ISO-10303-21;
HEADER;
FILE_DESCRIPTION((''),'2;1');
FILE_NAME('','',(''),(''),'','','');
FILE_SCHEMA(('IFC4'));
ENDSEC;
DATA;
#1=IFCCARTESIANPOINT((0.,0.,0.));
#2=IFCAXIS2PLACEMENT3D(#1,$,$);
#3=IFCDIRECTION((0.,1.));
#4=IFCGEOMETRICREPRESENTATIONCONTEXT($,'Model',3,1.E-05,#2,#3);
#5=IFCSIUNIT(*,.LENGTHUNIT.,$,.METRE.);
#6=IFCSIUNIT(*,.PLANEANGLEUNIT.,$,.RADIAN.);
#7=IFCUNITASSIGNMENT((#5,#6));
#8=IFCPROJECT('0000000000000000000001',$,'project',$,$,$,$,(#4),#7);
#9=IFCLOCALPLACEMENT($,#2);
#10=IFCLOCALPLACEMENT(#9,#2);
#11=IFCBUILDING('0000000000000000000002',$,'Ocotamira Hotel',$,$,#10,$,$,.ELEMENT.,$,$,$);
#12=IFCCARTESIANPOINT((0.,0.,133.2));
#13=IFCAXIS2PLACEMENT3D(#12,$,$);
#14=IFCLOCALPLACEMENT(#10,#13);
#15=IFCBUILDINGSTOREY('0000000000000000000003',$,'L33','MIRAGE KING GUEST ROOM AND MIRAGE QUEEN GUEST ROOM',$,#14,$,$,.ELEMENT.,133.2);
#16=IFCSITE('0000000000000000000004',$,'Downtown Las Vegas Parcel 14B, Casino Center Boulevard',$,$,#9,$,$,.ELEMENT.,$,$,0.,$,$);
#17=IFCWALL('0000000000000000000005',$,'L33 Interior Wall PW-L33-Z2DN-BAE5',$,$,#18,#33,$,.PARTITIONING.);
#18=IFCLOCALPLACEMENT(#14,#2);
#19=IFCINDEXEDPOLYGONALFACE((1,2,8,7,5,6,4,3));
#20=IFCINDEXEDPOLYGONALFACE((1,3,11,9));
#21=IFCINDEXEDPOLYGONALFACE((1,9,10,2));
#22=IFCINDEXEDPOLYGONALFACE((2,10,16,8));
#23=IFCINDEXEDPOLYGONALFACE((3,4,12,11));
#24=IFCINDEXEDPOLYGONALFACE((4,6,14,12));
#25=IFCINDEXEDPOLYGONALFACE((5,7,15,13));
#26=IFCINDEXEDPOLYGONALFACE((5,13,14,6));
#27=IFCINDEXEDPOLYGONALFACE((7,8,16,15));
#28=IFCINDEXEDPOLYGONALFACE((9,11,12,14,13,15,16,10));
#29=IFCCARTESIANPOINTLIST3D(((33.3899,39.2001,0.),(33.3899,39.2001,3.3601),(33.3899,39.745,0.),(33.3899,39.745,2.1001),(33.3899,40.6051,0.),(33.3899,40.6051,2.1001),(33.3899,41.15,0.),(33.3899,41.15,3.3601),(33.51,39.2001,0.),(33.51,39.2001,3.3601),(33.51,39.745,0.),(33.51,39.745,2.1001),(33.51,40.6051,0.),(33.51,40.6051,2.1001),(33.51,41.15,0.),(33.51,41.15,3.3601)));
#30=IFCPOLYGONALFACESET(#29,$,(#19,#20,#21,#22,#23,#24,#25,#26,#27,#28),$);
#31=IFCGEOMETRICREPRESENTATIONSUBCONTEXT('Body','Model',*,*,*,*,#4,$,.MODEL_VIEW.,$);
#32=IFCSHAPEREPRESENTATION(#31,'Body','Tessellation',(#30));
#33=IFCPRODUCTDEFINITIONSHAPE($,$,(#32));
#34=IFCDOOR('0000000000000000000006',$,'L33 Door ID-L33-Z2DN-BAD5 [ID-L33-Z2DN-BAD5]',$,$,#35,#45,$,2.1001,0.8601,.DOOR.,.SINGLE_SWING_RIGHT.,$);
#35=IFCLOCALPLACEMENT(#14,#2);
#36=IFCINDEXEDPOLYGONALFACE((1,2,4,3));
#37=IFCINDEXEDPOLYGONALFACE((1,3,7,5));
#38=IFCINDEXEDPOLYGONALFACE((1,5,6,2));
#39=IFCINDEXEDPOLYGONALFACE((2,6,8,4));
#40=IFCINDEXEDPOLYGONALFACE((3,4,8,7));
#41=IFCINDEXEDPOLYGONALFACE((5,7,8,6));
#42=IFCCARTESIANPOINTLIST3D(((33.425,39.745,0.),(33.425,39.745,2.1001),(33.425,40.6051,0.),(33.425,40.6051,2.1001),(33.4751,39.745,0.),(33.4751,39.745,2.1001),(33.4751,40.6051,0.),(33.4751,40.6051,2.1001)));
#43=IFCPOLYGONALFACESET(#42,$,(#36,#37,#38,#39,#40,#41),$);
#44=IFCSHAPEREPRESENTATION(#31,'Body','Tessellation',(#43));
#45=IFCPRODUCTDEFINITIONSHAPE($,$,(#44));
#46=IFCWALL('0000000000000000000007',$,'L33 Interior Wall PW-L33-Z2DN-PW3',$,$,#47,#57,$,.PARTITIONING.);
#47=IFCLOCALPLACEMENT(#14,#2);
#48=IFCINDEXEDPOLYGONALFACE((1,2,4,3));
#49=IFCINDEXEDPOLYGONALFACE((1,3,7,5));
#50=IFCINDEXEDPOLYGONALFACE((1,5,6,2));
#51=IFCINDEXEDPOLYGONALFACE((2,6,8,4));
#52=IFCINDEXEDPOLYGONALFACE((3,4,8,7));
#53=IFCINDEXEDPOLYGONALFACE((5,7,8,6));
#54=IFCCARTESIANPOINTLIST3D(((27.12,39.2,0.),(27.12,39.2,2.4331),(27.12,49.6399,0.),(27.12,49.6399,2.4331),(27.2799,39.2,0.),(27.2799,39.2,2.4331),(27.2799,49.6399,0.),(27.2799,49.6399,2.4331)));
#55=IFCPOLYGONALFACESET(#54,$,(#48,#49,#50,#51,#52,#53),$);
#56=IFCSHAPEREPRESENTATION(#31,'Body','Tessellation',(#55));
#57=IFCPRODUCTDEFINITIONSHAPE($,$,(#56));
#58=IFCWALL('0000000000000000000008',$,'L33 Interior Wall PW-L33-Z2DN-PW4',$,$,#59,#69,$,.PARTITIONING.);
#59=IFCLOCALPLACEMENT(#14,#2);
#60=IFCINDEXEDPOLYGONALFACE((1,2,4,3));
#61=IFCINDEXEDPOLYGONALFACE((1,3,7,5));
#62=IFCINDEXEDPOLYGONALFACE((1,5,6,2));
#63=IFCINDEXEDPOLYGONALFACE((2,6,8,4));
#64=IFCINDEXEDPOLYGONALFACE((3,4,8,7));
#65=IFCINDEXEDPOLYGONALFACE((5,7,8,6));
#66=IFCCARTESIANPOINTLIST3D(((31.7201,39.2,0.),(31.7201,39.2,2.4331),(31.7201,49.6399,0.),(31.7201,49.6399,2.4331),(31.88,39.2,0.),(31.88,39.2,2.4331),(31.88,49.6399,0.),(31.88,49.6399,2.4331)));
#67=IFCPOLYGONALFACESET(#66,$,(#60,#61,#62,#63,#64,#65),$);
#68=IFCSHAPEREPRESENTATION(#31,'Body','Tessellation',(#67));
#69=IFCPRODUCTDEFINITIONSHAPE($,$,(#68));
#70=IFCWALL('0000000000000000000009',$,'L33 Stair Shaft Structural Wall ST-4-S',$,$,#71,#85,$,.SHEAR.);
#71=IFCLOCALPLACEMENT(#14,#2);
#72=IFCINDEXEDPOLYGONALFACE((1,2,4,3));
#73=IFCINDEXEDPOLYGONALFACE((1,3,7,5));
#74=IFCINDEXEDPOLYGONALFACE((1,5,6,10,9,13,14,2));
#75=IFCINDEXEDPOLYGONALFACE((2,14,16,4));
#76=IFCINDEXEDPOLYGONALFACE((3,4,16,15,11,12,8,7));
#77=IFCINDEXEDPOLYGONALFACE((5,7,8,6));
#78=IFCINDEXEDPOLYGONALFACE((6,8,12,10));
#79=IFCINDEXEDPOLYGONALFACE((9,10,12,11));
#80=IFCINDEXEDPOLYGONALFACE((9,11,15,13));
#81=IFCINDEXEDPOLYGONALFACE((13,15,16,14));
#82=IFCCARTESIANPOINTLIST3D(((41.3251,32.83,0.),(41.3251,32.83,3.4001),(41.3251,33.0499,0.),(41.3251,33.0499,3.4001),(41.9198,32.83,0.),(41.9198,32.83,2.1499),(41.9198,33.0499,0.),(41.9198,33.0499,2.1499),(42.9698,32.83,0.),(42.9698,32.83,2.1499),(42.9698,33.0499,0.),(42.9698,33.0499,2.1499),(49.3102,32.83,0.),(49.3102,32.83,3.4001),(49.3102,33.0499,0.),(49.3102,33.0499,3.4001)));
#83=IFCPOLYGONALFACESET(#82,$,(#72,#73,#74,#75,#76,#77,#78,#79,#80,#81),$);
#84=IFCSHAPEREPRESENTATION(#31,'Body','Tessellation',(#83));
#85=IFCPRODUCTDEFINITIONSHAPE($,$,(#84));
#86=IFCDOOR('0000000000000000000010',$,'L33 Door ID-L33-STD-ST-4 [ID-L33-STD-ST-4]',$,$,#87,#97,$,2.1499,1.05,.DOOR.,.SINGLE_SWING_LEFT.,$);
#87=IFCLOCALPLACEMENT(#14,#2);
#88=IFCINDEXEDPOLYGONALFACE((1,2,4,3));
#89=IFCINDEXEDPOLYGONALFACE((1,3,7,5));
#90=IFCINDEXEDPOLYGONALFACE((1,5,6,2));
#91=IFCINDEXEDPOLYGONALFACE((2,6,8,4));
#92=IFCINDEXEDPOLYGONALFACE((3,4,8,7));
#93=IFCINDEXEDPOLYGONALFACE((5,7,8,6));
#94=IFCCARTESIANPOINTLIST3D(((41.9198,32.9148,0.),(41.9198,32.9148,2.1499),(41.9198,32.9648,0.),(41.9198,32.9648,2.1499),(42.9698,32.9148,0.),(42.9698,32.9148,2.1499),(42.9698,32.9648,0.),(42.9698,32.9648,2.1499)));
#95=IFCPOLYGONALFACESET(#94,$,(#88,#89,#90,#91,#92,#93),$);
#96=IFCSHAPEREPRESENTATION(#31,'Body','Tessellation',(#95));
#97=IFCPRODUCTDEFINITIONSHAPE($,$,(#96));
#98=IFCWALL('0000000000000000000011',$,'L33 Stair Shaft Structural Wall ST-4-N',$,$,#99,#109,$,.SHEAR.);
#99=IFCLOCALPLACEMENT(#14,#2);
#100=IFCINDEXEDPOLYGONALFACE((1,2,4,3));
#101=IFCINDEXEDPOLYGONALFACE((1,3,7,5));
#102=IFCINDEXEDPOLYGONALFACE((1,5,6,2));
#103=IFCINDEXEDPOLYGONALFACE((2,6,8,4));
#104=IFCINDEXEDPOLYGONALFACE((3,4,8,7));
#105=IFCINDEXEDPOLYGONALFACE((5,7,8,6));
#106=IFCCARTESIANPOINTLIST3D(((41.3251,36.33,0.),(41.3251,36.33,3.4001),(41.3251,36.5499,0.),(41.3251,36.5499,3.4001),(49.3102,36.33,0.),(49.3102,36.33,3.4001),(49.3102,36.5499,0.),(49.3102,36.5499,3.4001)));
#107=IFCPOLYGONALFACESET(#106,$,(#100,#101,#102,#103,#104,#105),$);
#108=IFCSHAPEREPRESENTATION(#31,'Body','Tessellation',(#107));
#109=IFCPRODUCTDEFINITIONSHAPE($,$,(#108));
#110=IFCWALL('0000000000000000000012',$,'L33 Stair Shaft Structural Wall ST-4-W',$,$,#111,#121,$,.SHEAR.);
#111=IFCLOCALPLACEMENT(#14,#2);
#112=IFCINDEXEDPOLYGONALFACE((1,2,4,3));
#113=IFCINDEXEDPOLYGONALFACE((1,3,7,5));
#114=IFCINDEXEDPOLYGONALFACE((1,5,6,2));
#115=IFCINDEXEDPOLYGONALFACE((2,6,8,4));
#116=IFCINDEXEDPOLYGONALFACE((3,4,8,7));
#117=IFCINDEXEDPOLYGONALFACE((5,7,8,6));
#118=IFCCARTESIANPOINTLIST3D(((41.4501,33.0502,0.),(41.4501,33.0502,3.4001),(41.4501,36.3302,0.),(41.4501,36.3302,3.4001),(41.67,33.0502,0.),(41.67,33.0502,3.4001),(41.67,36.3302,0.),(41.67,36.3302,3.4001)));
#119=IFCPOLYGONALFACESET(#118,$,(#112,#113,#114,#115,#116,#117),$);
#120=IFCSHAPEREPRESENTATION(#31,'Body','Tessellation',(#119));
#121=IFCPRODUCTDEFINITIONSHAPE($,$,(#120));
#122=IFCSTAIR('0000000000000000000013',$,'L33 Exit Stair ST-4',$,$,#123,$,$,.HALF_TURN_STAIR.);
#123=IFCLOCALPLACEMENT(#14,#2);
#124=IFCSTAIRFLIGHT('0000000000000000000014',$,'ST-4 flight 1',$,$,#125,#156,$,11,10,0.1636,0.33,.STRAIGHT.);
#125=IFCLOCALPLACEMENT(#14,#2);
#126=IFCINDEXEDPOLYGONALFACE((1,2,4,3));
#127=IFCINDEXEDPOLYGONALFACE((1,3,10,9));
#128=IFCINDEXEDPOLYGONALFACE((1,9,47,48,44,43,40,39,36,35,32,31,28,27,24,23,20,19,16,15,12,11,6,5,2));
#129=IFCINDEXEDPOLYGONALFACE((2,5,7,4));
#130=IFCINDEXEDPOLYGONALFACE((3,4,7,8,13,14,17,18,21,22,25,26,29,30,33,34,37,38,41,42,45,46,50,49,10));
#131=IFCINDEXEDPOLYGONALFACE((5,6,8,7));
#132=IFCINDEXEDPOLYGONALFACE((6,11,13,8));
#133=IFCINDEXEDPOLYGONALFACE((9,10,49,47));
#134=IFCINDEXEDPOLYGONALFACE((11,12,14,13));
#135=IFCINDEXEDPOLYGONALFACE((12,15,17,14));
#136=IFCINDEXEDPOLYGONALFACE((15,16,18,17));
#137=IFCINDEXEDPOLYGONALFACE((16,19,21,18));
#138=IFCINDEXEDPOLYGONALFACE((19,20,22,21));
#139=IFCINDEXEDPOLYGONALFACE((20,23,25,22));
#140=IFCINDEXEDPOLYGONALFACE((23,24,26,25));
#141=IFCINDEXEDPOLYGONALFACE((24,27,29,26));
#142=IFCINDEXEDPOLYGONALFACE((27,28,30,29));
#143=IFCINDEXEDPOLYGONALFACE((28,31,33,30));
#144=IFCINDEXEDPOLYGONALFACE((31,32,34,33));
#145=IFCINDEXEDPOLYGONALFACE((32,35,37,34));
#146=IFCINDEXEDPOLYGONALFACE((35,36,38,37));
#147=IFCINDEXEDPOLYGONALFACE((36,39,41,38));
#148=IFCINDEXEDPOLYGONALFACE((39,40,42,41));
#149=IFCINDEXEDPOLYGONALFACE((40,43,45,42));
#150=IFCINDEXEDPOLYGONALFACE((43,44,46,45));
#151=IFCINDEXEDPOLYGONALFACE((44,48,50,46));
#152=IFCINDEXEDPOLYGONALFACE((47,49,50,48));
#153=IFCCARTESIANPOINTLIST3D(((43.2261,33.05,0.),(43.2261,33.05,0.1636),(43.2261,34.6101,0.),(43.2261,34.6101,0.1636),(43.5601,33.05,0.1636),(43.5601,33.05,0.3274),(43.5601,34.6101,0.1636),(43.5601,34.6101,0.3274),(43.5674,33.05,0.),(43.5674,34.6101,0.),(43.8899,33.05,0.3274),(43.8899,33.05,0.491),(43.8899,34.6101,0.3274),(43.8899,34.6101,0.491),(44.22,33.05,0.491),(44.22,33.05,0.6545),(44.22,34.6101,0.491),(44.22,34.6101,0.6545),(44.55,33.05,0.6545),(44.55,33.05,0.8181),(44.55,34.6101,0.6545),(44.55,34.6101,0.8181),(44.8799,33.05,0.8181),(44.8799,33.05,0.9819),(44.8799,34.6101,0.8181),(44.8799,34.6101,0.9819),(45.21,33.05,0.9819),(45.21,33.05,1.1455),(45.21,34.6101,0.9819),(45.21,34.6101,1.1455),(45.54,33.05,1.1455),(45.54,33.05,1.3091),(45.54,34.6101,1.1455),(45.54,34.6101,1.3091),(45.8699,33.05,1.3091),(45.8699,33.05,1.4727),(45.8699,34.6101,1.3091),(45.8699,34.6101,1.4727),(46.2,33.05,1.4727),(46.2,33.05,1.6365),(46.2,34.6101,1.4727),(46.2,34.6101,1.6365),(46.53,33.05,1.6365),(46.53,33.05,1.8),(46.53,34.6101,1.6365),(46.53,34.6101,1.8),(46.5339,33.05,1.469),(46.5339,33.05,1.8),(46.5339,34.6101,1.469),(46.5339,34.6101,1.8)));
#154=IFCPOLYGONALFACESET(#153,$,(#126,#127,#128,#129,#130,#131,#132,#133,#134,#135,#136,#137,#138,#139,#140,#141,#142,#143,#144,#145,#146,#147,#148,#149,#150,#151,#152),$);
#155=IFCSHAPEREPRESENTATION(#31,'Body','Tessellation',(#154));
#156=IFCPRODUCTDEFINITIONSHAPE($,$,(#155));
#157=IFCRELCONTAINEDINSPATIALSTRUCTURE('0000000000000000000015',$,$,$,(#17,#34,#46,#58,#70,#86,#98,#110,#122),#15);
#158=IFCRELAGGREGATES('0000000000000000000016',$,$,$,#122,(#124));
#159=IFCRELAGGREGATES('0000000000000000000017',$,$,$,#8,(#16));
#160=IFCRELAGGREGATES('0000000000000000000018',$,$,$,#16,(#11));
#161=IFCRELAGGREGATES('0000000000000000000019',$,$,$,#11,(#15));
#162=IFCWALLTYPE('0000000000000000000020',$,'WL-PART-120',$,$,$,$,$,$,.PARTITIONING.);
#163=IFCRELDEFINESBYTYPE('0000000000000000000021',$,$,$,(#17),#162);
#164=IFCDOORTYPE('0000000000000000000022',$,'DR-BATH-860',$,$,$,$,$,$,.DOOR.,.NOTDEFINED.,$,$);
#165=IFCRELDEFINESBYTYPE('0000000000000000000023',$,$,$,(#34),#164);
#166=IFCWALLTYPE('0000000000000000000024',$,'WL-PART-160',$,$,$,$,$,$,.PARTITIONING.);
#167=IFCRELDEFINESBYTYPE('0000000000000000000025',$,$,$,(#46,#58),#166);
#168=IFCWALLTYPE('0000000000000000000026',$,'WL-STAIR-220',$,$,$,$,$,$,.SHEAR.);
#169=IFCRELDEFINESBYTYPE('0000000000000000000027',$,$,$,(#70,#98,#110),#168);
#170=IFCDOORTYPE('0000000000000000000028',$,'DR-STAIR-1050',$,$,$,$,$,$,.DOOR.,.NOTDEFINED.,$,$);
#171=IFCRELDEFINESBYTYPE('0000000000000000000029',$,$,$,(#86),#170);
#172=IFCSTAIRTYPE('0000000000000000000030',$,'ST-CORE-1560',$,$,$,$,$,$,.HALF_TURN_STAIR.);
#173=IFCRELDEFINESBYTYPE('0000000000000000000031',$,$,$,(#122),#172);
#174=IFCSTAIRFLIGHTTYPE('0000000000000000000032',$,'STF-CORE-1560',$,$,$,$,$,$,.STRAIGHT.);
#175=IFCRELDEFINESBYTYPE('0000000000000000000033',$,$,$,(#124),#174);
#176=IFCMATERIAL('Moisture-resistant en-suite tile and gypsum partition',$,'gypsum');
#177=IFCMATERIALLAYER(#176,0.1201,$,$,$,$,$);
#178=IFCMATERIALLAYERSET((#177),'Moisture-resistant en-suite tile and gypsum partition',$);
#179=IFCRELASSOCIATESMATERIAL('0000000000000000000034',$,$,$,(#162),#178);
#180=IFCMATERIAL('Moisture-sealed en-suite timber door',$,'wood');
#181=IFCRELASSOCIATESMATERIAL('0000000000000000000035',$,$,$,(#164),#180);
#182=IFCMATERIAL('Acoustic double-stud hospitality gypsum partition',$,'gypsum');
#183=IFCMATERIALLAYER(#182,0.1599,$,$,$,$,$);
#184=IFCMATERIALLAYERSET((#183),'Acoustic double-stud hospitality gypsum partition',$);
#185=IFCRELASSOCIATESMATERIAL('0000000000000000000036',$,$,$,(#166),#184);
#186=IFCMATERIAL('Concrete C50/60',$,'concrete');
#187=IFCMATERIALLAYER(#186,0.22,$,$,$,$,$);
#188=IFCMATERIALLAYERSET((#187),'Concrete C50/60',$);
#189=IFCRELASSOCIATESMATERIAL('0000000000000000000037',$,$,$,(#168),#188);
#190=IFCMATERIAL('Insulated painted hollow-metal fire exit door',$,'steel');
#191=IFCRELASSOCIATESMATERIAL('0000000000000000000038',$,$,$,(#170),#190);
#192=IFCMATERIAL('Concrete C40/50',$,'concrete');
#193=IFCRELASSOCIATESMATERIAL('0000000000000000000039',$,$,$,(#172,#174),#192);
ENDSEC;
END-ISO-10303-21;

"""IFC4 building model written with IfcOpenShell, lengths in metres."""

from ifc_helpers import new_model, si_unit, direction, frame, frame_2d, origin, place, context, subcontext, project, spatial, polyline, rectangle, outline, extrude, source, transform, mapped, material, layer, layer_set, type_object, element, fill, aggregate, save


model = new_model("IFC4")

# Units and contexts
model_context = context("Model", 3, precision=1e-05, world=origin(), true_north=direction((0.0, 1.0)))
body_context = subcontext(model_context, "Body", "Model", "MODEL_VIEW")
ifc_project = project(units=[si_unit("LENGTHUNIT", "METRE"), si_unit("PLANEANGLEUNIT", "RADIAN")], contexts=[model_context])

# Site, building, storey
site_placement = place(None, origin())
site = spatial("IfcSite", under=ifc_project, at=site_placement, Name="Downtown Las Vegas Parcel 14B, Casino Center Boulevard", CompositionType="ELEMENT", RefElevation=0.0)
building_placement = place(site_placement, origin())
building = spatial("IfcBuilding", under=site, at=building_placement, Name="Ocotamira Hotel", CompositionType="ELEMENT")
storey_placement = place(building_placement, frame((0.0, 0.0, 133.2)))
storey = spatial("IfcBuildingStorey", under=building, at=storey_placement, Name="L33", Description="MIRAGE KING GUEST ROOM AND MIRAGE QUEEN GUEST ROOM", CompositionType="ELEMENT", Elevation=133.2)

# Wall, opening, door
ifc_material_1 = material(Name="Moisture-resistant en-suite tile and gypsum partition", Category="gypsum")
ifc_layer_1 = layer(ifc_material_1, 0.1201)
ifc_layer_set_1 = layer_set([ifc_layer_1], Name="Moisture-resistant en-suite tile and gypsum partition")
wall_type_1 = type_object("IfcWallType", Name="WL-PART-120", PredefinedType="PARTITIONING", material=ifc_layer_set_1)
wall_1_placement = place(storey_placement, frame((33.45, 39.2, 0.0), z_axis=(0.0, 0.0, 1.0), x_axis=(0.0, 1.0, 0.0)))
wall_1 = element("IfcWall", 1, at=wall_1_placement, inside=storey, type_object=wall_type_1, Name="L33 Interior Wall PW-L33-Z2DN-BAE5", PredefinedType="PARTITIONING", context=body_context, shape_type="SweptSolid", body=[
    extrude(rectangle(XDim=1.95, YDim=0.1201, at=frame_2d((0.9751, 0.0))), origin(), (0.0, 0.0, 1.0), 3.3601),
])
opening_1_placement = place(wall_1_placement, frame((0.5449, 0.0, 0.0)))
opening_1 = element("IfcOpeningElement", 2, at=opening_1_placement, cuts=wall_1, PredefinedType="OPENING", context=body_context, shape_type="SweptSolid", body=[
    extrude(rectangle(XDim=0.8601, YDim=2.1001, at=frame_2d((0.4302, 1.05))), frame((0.0, 0.0701, 0.0), z_axis=(0.0, -1.0, 0.0), x_axis=(1.0, 0.0, 0.0)), (0.0, 0.0, 1.0), 0.1401),
])
ifc_material_2 = material(Name="Moisture-sealed en-suite timber door", Category="wood")
door_type_1 = type_object("IfcDoorType", Name="DR-BATH-860", OperationType="NOTDEFINED", PredefinedType="DOOR", material=ifc_material_2)
shared_shape_1 = source(origin(), body_context, "Body", "SweptSolid", [
    extrude(rectangle(XDim=0.8601, YDim=2.1001, at=frame_2d((0.4302, 1.05))), frame((0.0, 0.0249, 0.0), z_axis=(0.0, -1.0, 0.0), x_axis=(1.0, 0.0, 0.0)), (0.0, 0.0, 1.0), 0.05),
])
door_1_placement = place(opening_1_placement, origin())
door_1 = element("IfcDoor", 3, at=door_1_placement, inside=storey, type_object=door_type_1, Name="L33 Door ID-L33-Z2DN-BAD5 [ID-L33-Z2DN-BAD5]", OperationType="SINGLE_SWING_RIGHT", OverallHeight=2.1001, OverallWidth=0.8601, PredefinedType="DOOR", context=body_context, shape_type="MappedRepresentation", body=[
    mapped(shared_shape_1, transform((0.0, 0.0, 0.0), scale=1.0)),
])
fill(opening_1, door_1)

# Walls
ifc_material_3 = material(Name="Acoustic double-stud hospitality gypsum partition", Category="gypsum")
ifc_layer_2 = layer(ifc_material_3, 0.1599)
ifc_layer_set_2 = layer_set([ifc_layer_2], Name="Acoustic double-stud hospitality gypsum partition")
wall_type_2 = type_object("IfcWallType", Name="WL-PART-160", PredefinedType="PARTITIONING", material=ifc_layer_set_2)
for number, where, z_axis, x_axis, name in (
    (4, (27.2, 39.2, 0.0), (0.0, 0.0, 1.0), (0.0, 1.0, 0.0), "L33 Interior Wall PW-L33-Z2DN-PW3"),
    (5, (31.8, 39.2, 0.0), (0.0, 0.0, 1.0), (0.0, 1.0, 0.0), "L33 Interior Wall PW-L33-Z2DN-PW4"),
):
    element("IfcWall", number, at=place(storey_placement, frame(where, z_axis=z_axis, x_axis=x_axis)), inside=storey, type_object=wall_type_2, Name=name, PredefinedType="PARTITIONING", context=body_context, shape_type="SweptSolid", body=[
        extrude(rectangle(XDim=10.4399, YDim=0.1599, at=frame_2d((5.22, 0.0))), origin(), (0.0, 0.0, 1.0), 2.4331),
    ])

# Wall, opening, door
ifc_material_4 = material(Name="Concrete C50/60", Category="concrete")
ifc_layer_3 = layer(ifc_material_4, 0.22)
ifc_layer_set_3 = layer_set([ifc_layer_3], Name="Concrete C50/60")
wall_type_3 = type_object("IfcWallType", Name="WL-STAIR-220", PredefinedType="SHEAR", material=ifc_layer_set_3)
wall_2_placement = place(storey_placement, frame((41.325, 32.9399, 0.0), z_axis=(0.0, 0.0, 1.0), x_axis=(1.0, 0.0, 0.0)))
wall_2 = element("IfcWall", 6, at=wall_2_placement, inside=storey, type_object=wall_type_3, Name="L33 Stair Shaft Structural Wall ST-4-S", PredefinedType="SHEAR", context=body_context, shape_type="SweptSolid", body=[
    extrude(rectangle(XDim=7.9851, YDim=0.22, at=frame_2d((3.9927, 0.0))), origin(), (0.0, 0.0, 1.0), 3.4001),
])
opening_2_placement = place(wall_2_placement, frame((0.595, 0.0, 0.0)))
opening_2 = element("IfcOpeningElement", 7, at=opening_2_placement, cuts=wall_2, PredefinedType="OPENING", context=body_context, shape_type="SweptSolid", body=[
    extrude(rectangle(XDim=1.05, YDim=2.1499, at=frame_2d((0.5249, 1.075))), frame((0.0, 0.1201, 0.0), z_axis=(0.0, -1.0, 0.0), x_axis=(1.0, 0.0, 0.0)), (0.0, 0.0, 1.0), 0.24),
])
ifc_material_5 = material(Name="Insulated painted hollow-metal fire exit door", Category="steel")
door_type_2 = type_object("IfcDoorType", Name="DR-STAIR-1050", OperationType="NOTDEFINED", PredefinedType="DOOR", material=ifc_material_5)
shared_shape_2 = source(origin(), body_context, "Body", "SweptSolid", [
    extrude(rectangle(XDim=1.05, YDim=2.1499, at=frame_2d((0.5249, 1.075))), frame((0.0, 0.0249, 0.0), z_axis=(0.0, -1.0, 0.0), x_axis=(1.0, 0.0, 0.0)), (0.0, 0.0, 1.0), 0.05),
])
door_2_placement = place(opening_2_placement, origin())
door_2 = element("IfcDoor", 8, at=door_2_placement, inside=storey, type_object=door_type_2, Name="L33 Door ID-L33-STD-ST-4 [ID-L33-STD-ST-4]", OperationType="SINGLE_SWING_LEFT", OverallHeight=2.1499, OverallWidth=1.05, PredefinedType="DOOR", context=body_context, shape_type="MappedRepresentation", body=[
    mapped(shared_shape_2, transform((0.0, 0.0, 0.0), scale=1.0)),
])
fill(opening_2, door_2)

# Walls
wall_3_placement = place(storey_placement, frame((41.325, 36.4399, 0.0), z_axis=(0.0, 0.0, 1.0), x_axis=(1.0, 0.0, 0.0)))
element("IfcWall", 9, at=wall_3_placement, inside=storey, type_object=wall_type_3, Name="L33 Stair Shaft Structural Wall ST-4-N", PredefinedType="SHEAR", context=body_context, shape_type="SweptSolid", body=[
    extrude(rectangle(XDim=7.9851, YDim=0.22, at=frame_2d((3.9927, 0.0))), origin(), (0.0, 0.0, 1.0), 3.4001),
])
wall_4_placement = place(storey_placement, frame((41.5601, 33.05, 0.0), z_axis=(0.0, 0.0, 1.0), x_axis=(0.0, 1.0, 0.0)))
element("IfcWall", 10, at=wall_4_placement, inside=storey, type_object=wall_type_3, Name="L33 Stair Shaft Structural Wall ST-4-W", PredefinedType="SHEAR", context=body_context, shape_type="SweptSolid", body=[
    extrude(rectangle(XDim=3.28, YDim=0.22, at=frame_2d((1.6401, 0.0))), origin(), (0.0, 0.0, 1.0), 3.4001),
])

# Stair, stair flight
ifc_material_6 = material(Name="Concrete C40/50", Category="concrete")
stair_type = type_object("IfcStairType", Name="ST-CORE-1560", PredefinedType="HALF_TURN_STAIR", material=ifc_material_6)
stair_placement = place(storey_placement, origin())
stair = element("IfcStair", 11, at=stair_placement, inside=storey, type_object=stair_type, Name="L33 Exit Stair ST-4", PredefinedType="HALF_TURN_STAIR")
stair_flight_type = type_object("IfcStairFlightType", Name="STF-CORE-1560", PredefinedType="STRAIGHT", material=ifc_material_6)
shared_shape_3 = source(origin(), body_context, "Body", "SweptSolid", [
    extrude(outline(polyline([(-0.0039, 0.0), (-0.0039, 0.1636), (0.3301, 0.1636), (0.3301, 0.3274), (0.6599, 0.3274), (0.6599, 0.491), (0.99, 0.491), (0.99, 0.6545), (1.3201, 0.6545), (1.3201, 0.8181), (1.6499, 0.8181), (1.6499, 0.9819), (1.98, 0.9819), (1.98, 1.1455), (2.3101, 1.1455), (2.3101, 1.3091), (2.6399, 1.3091), (2.6399, 1.4727), (2.97, 1.4727), (2.97, 1.6365), (3.3, 1.6365), (3.3, 1.8), (3.304, 1.8), (3.304, 1.469), (0.3374, 0.0), (-0.0039, 0.0)])), frame((0.0, 0.78, 0.0), z_axis=(0.0, -1.0, 0.0), x_axis=(1.0, 0.0, 0.0)), (0.0, 0.0, 1.0), 1.5601),
])
stair_flight_placement = place(storey_placement, frame((43.23, 33.8301, 0.0), z_axis=(0.0, 0.0, 1.0), x_axis=(1.0, 0.0, 0.0)))
stair_flight = element("IfcStairFlight", 12, at=stair_flight_placement, type_object=stair_flight_type, Name="ST-4 flight 1", NumberOfRisers=11, NumberOfTreads=10, PredefinedType="STRAIGHT", RiserHeight=0.1636, TreadLength=0.33, context=body_context, shape_type="MappedRepresentation", body=[
    mapped(shared_shape_3, transform((0.0, 0.0, 0.0), scale=1.0)),
])
aggregate(stair, [stair_flight])

save(model, "model.ifc")
